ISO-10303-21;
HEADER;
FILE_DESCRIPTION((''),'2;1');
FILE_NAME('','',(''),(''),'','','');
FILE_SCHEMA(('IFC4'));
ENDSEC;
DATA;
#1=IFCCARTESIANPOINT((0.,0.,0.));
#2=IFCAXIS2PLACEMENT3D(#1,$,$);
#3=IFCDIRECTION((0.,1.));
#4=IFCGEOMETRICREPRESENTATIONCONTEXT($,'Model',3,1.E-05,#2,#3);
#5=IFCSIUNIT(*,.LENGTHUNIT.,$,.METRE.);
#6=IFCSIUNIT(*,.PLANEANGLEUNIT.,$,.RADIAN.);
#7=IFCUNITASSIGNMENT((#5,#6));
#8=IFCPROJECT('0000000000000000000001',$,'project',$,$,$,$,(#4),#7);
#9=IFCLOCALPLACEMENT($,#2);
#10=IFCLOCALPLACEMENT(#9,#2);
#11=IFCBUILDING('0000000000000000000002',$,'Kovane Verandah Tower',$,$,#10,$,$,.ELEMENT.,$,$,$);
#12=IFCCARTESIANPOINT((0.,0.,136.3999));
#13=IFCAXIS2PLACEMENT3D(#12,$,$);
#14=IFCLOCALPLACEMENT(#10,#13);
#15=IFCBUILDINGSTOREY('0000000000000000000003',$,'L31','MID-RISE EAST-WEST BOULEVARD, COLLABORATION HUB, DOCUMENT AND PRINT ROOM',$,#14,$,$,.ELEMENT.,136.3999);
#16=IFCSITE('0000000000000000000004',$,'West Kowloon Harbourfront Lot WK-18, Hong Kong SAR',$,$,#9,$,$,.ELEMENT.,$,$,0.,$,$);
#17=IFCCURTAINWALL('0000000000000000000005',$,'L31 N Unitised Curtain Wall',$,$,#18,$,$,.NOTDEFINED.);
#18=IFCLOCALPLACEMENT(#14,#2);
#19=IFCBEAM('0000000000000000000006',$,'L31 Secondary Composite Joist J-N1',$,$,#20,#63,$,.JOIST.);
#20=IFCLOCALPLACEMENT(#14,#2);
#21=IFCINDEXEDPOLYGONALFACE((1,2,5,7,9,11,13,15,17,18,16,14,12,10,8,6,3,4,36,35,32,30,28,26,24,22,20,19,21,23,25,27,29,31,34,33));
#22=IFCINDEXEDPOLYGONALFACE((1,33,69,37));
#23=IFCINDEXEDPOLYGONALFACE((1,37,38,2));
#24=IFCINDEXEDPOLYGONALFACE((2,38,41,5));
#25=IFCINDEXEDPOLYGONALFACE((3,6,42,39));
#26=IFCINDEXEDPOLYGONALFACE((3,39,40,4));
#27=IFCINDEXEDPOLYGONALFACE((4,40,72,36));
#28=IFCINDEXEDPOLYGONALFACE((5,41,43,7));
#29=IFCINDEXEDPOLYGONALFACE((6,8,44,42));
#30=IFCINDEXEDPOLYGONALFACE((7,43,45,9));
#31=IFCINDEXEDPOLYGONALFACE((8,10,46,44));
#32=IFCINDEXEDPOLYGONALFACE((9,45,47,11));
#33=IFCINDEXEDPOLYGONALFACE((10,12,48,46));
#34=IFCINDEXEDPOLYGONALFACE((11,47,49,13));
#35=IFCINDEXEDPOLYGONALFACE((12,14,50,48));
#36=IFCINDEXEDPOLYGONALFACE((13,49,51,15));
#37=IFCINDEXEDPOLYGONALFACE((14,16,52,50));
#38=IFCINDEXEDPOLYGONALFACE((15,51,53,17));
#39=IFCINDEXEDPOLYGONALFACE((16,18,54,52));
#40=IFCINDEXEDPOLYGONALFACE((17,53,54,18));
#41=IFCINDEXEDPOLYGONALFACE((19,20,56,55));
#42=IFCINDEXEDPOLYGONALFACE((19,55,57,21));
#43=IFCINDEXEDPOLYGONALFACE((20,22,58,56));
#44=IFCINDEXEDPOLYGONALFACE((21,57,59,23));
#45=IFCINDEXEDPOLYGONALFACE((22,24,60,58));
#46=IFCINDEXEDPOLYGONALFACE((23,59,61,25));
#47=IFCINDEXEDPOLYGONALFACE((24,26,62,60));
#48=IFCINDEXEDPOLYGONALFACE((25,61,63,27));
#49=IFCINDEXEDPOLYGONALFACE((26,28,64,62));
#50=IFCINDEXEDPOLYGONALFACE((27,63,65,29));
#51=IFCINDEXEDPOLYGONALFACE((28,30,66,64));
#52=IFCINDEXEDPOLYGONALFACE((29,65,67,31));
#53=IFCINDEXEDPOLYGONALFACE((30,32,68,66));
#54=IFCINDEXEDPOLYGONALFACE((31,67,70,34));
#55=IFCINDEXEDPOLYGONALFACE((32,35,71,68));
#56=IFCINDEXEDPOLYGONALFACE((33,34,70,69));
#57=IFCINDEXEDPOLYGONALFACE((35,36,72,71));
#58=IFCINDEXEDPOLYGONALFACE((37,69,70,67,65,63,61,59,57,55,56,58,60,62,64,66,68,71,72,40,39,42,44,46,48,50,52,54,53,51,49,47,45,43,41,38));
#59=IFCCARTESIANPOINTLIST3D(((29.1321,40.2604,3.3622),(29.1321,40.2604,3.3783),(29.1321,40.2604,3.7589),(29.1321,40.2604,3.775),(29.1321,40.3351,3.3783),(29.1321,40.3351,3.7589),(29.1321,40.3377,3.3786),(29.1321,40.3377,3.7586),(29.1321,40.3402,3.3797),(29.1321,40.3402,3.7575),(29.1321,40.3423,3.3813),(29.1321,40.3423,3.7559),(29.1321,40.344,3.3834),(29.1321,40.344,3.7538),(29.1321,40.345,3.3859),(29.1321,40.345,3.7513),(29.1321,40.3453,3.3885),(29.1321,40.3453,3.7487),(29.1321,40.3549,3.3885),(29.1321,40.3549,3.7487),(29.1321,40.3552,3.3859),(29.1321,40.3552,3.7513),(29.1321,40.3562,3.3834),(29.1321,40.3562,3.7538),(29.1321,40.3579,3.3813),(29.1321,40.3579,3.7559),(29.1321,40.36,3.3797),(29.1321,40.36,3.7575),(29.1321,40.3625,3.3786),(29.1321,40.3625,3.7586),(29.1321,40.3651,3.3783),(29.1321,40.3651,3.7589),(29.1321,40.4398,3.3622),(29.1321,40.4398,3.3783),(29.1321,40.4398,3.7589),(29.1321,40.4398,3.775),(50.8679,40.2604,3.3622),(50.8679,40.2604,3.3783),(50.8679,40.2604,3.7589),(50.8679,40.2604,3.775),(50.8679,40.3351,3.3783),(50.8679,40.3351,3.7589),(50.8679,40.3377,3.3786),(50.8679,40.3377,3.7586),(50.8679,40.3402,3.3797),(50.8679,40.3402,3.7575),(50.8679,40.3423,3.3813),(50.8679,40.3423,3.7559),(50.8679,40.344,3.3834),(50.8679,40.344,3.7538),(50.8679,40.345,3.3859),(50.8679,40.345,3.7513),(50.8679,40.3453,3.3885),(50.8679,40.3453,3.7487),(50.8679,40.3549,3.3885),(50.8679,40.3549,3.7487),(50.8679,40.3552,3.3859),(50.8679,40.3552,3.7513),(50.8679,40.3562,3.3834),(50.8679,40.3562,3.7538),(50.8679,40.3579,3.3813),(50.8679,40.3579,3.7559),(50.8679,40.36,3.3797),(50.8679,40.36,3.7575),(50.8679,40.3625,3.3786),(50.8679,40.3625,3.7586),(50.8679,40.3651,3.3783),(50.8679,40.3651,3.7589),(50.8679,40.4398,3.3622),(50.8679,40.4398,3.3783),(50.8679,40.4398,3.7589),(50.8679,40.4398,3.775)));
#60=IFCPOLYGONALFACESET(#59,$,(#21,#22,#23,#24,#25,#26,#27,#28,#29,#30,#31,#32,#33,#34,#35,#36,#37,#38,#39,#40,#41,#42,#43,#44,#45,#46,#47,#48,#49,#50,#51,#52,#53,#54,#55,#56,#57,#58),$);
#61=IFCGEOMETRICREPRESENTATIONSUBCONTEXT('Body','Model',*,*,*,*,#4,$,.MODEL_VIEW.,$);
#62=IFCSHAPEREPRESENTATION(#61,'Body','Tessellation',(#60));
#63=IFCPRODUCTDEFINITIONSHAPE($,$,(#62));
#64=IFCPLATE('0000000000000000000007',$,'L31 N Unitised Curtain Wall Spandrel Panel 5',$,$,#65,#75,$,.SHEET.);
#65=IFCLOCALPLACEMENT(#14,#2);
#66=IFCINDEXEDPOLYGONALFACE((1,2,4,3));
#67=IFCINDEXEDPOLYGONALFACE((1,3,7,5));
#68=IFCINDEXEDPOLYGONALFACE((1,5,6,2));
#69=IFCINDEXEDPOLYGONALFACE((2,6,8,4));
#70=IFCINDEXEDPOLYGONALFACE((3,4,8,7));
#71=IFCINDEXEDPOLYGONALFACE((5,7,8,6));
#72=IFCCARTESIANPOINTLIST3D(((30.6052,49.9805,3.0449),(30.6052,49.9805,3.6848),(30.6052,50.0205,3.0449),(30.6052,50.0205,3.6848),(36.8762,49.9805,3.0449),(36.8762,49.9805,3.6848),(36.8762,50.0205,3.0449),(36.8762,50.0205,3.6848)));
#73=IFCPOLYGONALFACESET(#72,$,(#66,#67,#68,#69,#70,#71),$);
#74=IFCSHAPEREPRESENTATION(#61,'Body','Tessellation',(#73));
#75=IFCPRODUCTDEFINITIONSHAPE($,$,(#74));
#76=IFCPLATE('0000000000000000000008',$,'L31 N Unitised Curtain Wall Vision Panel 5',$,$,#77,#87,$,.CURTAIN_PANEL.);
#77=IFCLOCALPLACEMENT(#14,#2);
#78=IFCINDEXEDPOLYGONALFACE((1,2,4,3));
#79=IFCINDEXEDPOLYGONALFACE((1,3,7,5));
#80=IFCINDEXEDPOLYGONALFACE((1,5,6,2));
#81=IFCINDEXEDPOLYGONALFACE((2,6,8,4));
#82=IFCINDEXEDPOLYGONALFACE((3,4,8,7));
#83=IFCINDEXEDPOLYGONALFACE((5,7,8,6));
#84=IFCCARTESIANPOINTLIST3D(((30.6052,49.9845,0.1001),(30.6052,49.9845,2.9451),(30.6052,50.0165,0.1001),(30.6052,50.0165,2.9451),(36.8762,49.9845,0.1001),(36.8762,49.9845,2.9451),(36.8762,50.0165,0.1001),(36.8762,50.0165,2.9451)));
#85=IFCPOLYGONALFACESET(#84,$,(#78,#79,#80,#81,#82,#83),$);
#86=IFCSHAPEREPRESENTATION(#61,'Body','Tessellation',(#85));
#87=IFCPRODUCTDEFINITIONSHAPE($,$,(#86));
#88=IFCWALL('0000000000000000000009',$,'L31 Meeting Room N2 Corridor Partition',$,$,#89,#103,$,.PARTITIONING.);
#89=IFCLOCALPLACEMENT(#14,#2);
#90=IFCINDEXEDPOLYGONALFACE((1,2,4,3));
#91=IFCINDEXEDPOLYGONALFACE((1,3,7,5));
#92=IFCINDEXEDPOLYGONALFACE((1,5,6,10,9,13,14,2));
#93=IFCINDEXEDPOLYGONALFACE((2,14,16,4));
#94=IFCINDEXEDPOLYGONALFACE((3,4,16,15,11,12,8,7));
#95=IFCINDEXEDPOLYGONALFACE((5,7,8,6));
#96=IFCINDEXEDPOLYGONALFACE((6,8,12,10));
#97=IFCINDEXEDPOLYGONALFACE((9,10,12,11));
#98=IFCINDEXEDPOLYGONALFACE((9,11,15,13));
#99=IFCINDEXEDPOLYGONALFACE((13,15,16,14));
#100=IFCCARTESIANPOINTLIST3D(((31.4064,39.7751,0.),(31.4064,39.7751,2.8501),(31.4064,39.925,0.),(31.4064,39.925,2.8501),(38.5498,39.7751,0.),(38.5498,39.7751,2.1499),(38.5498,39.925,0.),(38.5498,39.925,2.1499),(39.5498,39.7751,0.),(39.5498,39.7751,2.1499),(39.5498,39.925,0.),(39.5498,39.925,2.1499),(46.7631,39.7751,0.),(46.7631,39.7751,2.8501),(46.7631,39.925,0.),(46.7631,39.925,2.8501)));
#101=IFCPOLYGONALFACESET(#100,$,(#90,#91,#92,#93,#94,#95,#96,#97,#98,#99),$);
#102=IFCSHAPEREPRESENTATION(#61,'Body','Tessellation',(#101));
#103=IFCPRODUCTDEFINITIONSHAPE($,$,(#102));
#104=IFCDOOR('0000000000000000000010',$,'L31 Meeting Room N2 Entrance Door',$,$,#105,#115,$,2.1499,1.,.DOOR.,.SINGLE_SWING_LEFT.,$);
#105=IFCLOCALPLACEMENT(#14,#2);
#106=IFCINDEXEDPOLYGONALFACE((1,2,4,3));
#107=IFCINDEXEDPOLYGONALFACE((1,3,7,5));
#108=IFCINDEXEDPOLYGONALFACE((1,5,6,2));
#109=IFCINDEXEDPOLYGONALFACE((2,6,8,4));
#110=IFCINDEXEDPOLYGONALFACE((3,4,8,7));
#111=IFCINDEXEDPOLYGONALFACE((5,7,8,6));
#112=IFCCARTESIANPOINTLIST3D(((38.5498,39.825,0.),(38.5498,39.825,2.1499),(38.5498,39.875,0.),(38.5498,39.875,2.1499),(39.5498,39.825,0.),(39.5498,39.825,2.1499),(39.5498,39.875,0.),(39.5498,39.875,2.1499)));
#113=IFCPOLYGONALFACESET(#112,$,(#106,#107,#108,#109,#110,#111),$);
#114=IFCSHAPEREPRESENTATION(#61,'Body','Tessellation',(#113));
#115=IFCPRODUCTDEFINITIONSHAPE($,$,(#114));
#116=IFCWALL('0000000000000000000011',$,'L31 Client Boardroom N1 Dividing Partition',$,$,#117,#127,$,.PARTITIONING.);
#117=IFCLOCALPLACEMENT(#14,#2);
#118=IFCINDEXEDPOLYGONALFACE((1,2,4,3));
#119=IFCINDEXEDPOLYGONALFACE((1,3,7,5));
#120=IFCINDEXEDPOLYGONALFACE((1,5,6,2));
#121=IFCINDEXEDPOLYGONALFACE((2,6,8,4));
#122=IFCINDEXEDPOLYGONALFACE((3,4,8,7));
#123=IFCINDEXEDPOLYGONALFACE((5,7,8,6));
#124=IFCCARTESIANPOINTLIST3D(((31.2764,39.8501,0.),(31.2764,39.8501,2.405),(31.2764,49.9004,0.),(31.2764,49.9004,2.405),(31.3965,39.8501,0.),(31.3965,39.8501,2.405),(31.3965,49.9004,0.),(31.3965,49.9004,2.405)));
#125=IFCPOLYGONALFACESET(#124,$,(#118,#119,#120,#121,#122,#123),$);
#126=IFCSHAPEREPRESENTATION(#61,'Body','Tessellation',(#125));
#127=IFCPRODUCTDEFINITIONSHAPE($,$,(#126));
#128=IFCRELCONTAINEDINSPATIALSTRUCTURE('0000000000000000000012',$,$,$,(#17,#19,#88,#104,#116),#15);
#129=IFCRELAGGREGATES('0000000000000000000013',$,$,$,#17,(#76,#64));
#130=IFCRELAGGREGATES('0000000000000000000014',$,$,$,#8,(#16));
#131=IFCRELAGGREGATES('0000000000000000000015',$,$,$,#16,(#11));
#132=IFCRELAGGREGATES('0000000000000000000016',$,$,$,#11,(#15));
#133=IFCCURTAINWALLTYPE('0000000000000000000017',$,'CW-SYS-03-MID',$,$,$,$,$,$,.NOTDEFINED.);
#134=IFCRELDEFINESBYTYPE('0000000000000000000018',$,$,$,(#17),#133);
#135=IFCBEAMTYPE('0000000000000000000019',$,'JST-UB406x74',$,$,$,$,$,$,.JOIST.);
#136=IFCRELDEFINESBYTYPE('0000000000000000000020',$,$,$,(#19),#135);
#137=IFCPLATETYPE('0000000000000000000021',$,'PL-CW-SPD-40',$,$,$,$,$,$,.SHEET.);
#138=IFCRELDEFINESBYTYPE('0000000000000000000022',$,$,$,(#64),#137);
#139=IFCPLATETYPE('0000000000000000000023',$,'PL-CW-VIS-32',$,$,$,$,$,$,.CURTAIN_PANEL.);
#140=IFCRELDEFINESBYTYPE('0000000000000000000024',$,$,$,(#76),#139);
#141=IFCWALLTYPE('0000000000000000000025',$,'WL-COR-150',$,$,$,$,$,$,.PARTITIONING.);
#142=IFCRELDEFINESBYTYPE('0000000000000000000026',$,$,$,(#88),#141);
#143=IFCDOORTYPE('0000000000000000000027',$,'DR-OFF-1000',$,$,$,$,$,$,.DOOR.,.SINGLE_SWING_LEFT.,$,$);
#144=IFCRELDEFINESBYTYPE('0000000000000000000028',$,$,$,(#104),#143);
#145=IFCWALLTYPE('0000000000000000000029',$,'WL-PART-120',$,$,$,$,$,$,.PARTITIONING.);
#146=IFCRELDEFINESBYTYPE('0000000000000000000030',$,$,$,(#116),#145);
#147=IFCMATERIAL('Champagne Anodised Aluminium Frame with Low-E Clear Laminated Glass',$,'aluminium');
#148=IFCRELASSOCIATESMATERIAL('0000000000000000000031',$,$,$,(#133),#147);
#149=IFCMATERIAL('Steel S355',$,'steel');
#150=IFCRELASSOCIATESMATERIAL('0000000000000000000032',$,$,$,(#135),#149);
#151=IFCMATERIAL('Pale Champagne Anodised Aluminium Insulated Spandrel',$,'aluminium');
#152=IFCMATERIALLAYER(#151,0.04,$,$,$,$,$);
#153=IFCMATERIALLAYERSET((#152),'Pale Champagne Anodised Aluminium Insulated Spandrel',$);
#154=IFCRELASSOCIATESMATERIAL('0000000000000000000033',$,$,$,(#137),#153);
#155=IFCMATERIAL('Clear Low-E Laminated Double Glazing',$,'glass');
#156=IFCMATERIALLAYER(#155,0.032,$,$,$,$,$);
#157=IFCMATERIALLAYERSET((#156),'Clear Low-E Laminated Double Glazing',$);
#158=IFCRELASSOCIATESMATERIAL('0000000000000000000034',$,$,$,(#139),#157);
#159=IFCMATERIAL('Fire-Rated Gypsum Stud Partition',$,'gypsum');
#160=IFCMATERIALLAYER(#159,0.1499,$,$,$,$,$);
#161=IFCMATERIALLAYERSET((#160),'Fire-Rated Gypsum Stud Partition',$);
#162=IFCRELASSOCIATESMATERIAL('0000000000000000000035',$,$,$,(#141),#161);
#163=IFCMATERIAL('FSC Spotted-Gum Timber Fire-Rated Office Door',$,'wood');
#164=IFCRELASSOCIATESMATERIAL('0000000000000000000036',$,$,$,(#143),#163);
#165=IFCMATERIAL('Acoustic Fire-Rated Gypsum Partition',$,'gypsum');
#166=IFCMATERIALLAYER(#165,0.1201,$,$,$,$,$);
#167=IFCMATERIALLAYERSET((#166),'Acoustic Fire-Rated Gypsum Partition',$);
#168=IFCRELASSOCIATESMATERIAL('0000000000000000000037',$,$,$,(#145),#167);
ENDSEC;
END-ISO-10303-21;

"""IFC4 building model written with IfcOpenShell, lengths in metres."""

from ifc_helpers import new_model, si_unit, direction, frame, frame_2d, origin, origin_2d, place, context, subcontext, project, spatial, rectangle, i_section, extrude, material, layer, layer_set, material_profile, profile_set, type_object, element, fill, aggregate, save


model = new_model("IFC4")

# Units and contexts
model_context = context("Model", 3, precision=1e-05, world=origin(), true_north=direction((0.0, 1.0)))
body_context = subcontext(model_context, "Body", "Model", "MODEL_VIEW")
ifc_project = project(units=[si_unit("LENGTHUNIT", "METRE"), si_unit("PLANEANGLEUNIT", "RADIAN")], contexts=[model_context])

# Site, building, storey
site_placement = place(None, origin())
site = spatial("IfcSite", under=ifc_project, at=site_placement, Name="West Kowloon Harbourfront Lot WK-18, Hong Kong SAR", CompositionType="ELEMENT", RefElevation=0.0)
building_placement = place(site_placement, origin())
building = spatial("IfcBuilding", under=site, at=building_placement, Name="Kovane Verandah Tower", CompositionType="ELEMENT")
storey_placement = place(building_placement, frame((0.0, 0.0, 136.3999)))
storey = spatial("IfcBuildingStorey", under=building, at=storey_placement, Name="L31", Description="MID-RISE EAST-WEST BOULEVARD, COLLABORATION HUB, DOCUMENT AND PRINT ROOM", CompositionType="ELEMENT", Elevation=136.3999)

# Shared definitions
ifc_material_1 = material(Name="Steel S355", Category="steel")

# Curtain wall
ifc_material_2 = material(Name="Champagne Anodised Aluminium Frame with Low-E Clear Laminated Glass", Category="aluminium")
curtain_wall_type = type_object("IfcCurtainWallType", Name="CW-SYS-03-MID", PredefinedType="NOTDEFINED", material=ifc_material_2)
curtain_wall_placement = place(storey_placement, origin())
curtain_wall = element("IfcCurtainWall", 1, at=curtain_wall_placement, inside=storey, type_object=curtain_wall_type, Name="L31 N Unitised Curtain Wall", PredefinedType="NOTDEFINED")

# Beam
ifc_material_profile_1 = material_profile(ifc_material_1, i_section(OverallWidth=0.1794, OverallDepth=0.4128, WebThickness=0.0095, FlangeThickness=0.0161, FilletRadius=0.0103, at=origin_2d()), Name="UB406x178x74")
ifc_profile_set_1 = profile_set([ifc_material_profile_1], Name="Steel S355")
beam_type_1 = type_object("IfcBeamType", Name="JST-UB406x74", PredefinedType="JOIST", material=ifc_profile_set_1)
beam_1_placement = place(storey_placement, frame((29.1321, 40.3501, 3.5686), z_axis=(1.0, 0.0, 0.0), x_axis=(0.0, 1.0, 0.0)))
element("IfcBeam", 2, at=beam_1_placement, inside=storey, type_object=beam_type_1, Name="L31 Secondary Composite Joist J-N1", PredefinedType="JOIST", context=body_context, shape_type="SweptSolid", body=[
    extrude(i_section(OverallWidth=0.1794, OverallDepth=0.4128, WebThickness=0.0095, FlangeThickness=0.0161, FilletRadius=0.0103, at=origin_2d()), origin(), (0.0, 0.0, 1.0), 21.7358),
])

# Plates
ifc_material_3 = material(Name="Pale Champagne Anodised Aluminium Insulated Spandrel", Category="aluminium")
ifc_layer_1 = layer(ifc_material_3, 0.04)
ifc_layer_set_1 = layer_set([ifc_layer_1], Name="Pale Champagne Anodised Aluminium Insulated Spandrel")
plate_type_1 = type_object("IfcPlateType", Name="PL-CW-SPD-40", PredefinedType="SHEET", material=ifc_layer_set_1)
plate_1_placement = place(storey_placement, frame((33.7407, 50.0005, 3.0449), z_axis=(0.0, 0.0, 1.0), x_axis=(-1.0, 0.0, 0.0)))
plate_1 = element("IfcPlate", 3, at=plate_1_placement, type_object=plate_type_1, Name="L31 N Unitised Curtain Wall Spandrel Panel 5", PredefinedType="SHEET", context=body_context, shape_type="SweptSolid", body=[
    extrude(rectangle(XDim=6.271, YDim=0.04, at=origin_2d()), origin(), (0.0, 0.0, 1.0), 0.6399),
])
ifc_material_4 = material(Name="Clear Low-E Laminated Double Glazing", Category="glass")
ifc_layer_2 = layer(ifc_material_4, 0.032)
ifc_layer_set_2 = layer_set([ifc_layer_2], Name="Clear Low-E Laminated Double Glazing")
plate_type_2 = type_object("IfcPlateType", Name="PL-CW-VIS-32", PredefinedType="CURTAIN_PANEL", material=ifc_layer_set_2)
plate_2_placement = place(storey_placement, frame((33.7407, 50.0005, 0.1001), z_axis=(0.0, 0.0, 1.0), x_axis=(-1.0, 0.0, 0.0)))
plate_2 = element("IfcPlate", 4, at=plate_2_placement, type_object=plate_type_2, Name="L31 N Unitised Curtain Wall Vision Panel 5", PredefinedType="CURTAIN_PANEL", context=body_context, shape_type="SweptSolid", body=[
    extrude(rectangle(XDim=6.271, YDim=0.032, at=origin_2d()), origin(), (0.0, 0.0, 1.0), 2.845),
])
aggregate(curtain_wall, [plate_2, plate_1])

# Wall, opening, door
ifc_material_5 = material(Name="Fire-Rated Gypsum Stud Partition", Category="gypsum")
ifc_layer_3 = layer(ifc_material_5, 0.1499)
ifc_layer_set_3 = layer_set([ifc_layer_3], Name="Fire-Rated Gypsum Stud Partition")
wall_type_1 = type_object("IfcWallType", Name="WL-COR-150", PredefinedType="PARTITIONING", material=ifc_layer_set_3)
wall_1_placement = place(storey_placement, frame((31.4065, 39.8501, 0.0), z_axis=(0.0, 0.0, 1.0), x_axis=(1.0, 0.0, 0.0)))
wall_1 = element("IfcWall", 5, at=wall_1_placement, inside=storey, type_object=wall_type_1, Name="L31 Meeting Room N2 Corridor Partition", PredefinedType="PARTITIONING", context=body_context, shape_type="SweptSolid", body=[
    extrude(rectangle(XDim=15.3567, YDim=0.1499, at=frame_2d((7.6782, 0.0))), origin(), (0.0, 0.0, 1.0), 2.8501),
])
opening_1_placement = place(wall_1_placement, frame((7.1433, 0.0, 0.0)))
opening_1 = element("IfcOpeningElement", 6, at=opening_1_placement, cuts=wall_1, PredefinedType="OPENING", context=body_context, shape_type="SweptSolid", body=[
    extrude(rectangle(XDim=1.0, YDim=2.1499, at=frame_2d((0.5, 1.075))), frame((0.0, 0.075, 0.0), z_axis=(0.0, -1.0, 0.0), x_axis=(1.0, 0.0, 0.0)), (0.0, 0.0, 1.0), 0.1499),
])
ifc_material_6 = material(Name="FSC Spotted-Gum Timber Fire-Rated Office Door", Category="wood")
door_type_1 = type_object("IfcDoorType", Name="DR-OFF-1000", OperationType="SINGLE_SWING_LEFT", PredefinedType="DOOR", material=ifc_material_6)
door_1_placement = place(opening_1_placement, origin())
door_1 = element("IfcDoor", 7, at=door_1_placement, inside=storey, type_object=door_type_1, Name="L31 Meeting Room N2 Entrance Door", OperationType="SINGLE_SWING_LEFT", OverallHeight=2.1499, OverallWidth=1.0, PredefinedType="DOOR", context=body_context, shape_type="SweptSolid", body=[
    extrude(rectangle(XDim=1.0, YDim=2.1499, at=frame_2d((0.5, 1.075))), frame((0.0, 0.0249, 0.0), z_axis=(0.0, -1.0, 0.0), x_axis=(1.0, 0.0, 0.0)), (0.0, 0.0, 1.0), 0.05),
])
fill(opening_1, door_1)

# Wall
ifc_material_7 = material(Name="Acoustic Fire-Rated Gypsum Partition", Category="gypsum")
ifc_layer_4 = layer(ifc_material_7, 0.1201)
ifc_layer_set_4 = layer_set([ifc_layer_4], Name="Acoustic Fire-Rated Gypsum Partition")
wall_type_2 = type_object("IfcWallType", Name="WL-PART-120", PredefinedType="PARTITIONING", material=ifc_layer_set_4)
wall_2_placement = place(storey_placement, frame((31.3364, 39.8501, 0.0), z_axis=(0.0, 0.0, 1.0), x_axis=(0.0, 1.0, 0.0)))
element("IfcWall", 8, at=wall_2_placement, inside=storey, type_object=wall_type_2, Name="L31 Client Boardroom N1 Dividing Partition", PredefinedType="PARTITIONING", context=body_context, shape_type="SweptSolid", body=[
    extrude(rectangle(XDim=10.0503, YDim=0.1201, at=frame_2d((5.0251, 0.0))), origin(), (0.0, 0.0, 1.0), 2.405),
])

save(model, "model.ifc")
